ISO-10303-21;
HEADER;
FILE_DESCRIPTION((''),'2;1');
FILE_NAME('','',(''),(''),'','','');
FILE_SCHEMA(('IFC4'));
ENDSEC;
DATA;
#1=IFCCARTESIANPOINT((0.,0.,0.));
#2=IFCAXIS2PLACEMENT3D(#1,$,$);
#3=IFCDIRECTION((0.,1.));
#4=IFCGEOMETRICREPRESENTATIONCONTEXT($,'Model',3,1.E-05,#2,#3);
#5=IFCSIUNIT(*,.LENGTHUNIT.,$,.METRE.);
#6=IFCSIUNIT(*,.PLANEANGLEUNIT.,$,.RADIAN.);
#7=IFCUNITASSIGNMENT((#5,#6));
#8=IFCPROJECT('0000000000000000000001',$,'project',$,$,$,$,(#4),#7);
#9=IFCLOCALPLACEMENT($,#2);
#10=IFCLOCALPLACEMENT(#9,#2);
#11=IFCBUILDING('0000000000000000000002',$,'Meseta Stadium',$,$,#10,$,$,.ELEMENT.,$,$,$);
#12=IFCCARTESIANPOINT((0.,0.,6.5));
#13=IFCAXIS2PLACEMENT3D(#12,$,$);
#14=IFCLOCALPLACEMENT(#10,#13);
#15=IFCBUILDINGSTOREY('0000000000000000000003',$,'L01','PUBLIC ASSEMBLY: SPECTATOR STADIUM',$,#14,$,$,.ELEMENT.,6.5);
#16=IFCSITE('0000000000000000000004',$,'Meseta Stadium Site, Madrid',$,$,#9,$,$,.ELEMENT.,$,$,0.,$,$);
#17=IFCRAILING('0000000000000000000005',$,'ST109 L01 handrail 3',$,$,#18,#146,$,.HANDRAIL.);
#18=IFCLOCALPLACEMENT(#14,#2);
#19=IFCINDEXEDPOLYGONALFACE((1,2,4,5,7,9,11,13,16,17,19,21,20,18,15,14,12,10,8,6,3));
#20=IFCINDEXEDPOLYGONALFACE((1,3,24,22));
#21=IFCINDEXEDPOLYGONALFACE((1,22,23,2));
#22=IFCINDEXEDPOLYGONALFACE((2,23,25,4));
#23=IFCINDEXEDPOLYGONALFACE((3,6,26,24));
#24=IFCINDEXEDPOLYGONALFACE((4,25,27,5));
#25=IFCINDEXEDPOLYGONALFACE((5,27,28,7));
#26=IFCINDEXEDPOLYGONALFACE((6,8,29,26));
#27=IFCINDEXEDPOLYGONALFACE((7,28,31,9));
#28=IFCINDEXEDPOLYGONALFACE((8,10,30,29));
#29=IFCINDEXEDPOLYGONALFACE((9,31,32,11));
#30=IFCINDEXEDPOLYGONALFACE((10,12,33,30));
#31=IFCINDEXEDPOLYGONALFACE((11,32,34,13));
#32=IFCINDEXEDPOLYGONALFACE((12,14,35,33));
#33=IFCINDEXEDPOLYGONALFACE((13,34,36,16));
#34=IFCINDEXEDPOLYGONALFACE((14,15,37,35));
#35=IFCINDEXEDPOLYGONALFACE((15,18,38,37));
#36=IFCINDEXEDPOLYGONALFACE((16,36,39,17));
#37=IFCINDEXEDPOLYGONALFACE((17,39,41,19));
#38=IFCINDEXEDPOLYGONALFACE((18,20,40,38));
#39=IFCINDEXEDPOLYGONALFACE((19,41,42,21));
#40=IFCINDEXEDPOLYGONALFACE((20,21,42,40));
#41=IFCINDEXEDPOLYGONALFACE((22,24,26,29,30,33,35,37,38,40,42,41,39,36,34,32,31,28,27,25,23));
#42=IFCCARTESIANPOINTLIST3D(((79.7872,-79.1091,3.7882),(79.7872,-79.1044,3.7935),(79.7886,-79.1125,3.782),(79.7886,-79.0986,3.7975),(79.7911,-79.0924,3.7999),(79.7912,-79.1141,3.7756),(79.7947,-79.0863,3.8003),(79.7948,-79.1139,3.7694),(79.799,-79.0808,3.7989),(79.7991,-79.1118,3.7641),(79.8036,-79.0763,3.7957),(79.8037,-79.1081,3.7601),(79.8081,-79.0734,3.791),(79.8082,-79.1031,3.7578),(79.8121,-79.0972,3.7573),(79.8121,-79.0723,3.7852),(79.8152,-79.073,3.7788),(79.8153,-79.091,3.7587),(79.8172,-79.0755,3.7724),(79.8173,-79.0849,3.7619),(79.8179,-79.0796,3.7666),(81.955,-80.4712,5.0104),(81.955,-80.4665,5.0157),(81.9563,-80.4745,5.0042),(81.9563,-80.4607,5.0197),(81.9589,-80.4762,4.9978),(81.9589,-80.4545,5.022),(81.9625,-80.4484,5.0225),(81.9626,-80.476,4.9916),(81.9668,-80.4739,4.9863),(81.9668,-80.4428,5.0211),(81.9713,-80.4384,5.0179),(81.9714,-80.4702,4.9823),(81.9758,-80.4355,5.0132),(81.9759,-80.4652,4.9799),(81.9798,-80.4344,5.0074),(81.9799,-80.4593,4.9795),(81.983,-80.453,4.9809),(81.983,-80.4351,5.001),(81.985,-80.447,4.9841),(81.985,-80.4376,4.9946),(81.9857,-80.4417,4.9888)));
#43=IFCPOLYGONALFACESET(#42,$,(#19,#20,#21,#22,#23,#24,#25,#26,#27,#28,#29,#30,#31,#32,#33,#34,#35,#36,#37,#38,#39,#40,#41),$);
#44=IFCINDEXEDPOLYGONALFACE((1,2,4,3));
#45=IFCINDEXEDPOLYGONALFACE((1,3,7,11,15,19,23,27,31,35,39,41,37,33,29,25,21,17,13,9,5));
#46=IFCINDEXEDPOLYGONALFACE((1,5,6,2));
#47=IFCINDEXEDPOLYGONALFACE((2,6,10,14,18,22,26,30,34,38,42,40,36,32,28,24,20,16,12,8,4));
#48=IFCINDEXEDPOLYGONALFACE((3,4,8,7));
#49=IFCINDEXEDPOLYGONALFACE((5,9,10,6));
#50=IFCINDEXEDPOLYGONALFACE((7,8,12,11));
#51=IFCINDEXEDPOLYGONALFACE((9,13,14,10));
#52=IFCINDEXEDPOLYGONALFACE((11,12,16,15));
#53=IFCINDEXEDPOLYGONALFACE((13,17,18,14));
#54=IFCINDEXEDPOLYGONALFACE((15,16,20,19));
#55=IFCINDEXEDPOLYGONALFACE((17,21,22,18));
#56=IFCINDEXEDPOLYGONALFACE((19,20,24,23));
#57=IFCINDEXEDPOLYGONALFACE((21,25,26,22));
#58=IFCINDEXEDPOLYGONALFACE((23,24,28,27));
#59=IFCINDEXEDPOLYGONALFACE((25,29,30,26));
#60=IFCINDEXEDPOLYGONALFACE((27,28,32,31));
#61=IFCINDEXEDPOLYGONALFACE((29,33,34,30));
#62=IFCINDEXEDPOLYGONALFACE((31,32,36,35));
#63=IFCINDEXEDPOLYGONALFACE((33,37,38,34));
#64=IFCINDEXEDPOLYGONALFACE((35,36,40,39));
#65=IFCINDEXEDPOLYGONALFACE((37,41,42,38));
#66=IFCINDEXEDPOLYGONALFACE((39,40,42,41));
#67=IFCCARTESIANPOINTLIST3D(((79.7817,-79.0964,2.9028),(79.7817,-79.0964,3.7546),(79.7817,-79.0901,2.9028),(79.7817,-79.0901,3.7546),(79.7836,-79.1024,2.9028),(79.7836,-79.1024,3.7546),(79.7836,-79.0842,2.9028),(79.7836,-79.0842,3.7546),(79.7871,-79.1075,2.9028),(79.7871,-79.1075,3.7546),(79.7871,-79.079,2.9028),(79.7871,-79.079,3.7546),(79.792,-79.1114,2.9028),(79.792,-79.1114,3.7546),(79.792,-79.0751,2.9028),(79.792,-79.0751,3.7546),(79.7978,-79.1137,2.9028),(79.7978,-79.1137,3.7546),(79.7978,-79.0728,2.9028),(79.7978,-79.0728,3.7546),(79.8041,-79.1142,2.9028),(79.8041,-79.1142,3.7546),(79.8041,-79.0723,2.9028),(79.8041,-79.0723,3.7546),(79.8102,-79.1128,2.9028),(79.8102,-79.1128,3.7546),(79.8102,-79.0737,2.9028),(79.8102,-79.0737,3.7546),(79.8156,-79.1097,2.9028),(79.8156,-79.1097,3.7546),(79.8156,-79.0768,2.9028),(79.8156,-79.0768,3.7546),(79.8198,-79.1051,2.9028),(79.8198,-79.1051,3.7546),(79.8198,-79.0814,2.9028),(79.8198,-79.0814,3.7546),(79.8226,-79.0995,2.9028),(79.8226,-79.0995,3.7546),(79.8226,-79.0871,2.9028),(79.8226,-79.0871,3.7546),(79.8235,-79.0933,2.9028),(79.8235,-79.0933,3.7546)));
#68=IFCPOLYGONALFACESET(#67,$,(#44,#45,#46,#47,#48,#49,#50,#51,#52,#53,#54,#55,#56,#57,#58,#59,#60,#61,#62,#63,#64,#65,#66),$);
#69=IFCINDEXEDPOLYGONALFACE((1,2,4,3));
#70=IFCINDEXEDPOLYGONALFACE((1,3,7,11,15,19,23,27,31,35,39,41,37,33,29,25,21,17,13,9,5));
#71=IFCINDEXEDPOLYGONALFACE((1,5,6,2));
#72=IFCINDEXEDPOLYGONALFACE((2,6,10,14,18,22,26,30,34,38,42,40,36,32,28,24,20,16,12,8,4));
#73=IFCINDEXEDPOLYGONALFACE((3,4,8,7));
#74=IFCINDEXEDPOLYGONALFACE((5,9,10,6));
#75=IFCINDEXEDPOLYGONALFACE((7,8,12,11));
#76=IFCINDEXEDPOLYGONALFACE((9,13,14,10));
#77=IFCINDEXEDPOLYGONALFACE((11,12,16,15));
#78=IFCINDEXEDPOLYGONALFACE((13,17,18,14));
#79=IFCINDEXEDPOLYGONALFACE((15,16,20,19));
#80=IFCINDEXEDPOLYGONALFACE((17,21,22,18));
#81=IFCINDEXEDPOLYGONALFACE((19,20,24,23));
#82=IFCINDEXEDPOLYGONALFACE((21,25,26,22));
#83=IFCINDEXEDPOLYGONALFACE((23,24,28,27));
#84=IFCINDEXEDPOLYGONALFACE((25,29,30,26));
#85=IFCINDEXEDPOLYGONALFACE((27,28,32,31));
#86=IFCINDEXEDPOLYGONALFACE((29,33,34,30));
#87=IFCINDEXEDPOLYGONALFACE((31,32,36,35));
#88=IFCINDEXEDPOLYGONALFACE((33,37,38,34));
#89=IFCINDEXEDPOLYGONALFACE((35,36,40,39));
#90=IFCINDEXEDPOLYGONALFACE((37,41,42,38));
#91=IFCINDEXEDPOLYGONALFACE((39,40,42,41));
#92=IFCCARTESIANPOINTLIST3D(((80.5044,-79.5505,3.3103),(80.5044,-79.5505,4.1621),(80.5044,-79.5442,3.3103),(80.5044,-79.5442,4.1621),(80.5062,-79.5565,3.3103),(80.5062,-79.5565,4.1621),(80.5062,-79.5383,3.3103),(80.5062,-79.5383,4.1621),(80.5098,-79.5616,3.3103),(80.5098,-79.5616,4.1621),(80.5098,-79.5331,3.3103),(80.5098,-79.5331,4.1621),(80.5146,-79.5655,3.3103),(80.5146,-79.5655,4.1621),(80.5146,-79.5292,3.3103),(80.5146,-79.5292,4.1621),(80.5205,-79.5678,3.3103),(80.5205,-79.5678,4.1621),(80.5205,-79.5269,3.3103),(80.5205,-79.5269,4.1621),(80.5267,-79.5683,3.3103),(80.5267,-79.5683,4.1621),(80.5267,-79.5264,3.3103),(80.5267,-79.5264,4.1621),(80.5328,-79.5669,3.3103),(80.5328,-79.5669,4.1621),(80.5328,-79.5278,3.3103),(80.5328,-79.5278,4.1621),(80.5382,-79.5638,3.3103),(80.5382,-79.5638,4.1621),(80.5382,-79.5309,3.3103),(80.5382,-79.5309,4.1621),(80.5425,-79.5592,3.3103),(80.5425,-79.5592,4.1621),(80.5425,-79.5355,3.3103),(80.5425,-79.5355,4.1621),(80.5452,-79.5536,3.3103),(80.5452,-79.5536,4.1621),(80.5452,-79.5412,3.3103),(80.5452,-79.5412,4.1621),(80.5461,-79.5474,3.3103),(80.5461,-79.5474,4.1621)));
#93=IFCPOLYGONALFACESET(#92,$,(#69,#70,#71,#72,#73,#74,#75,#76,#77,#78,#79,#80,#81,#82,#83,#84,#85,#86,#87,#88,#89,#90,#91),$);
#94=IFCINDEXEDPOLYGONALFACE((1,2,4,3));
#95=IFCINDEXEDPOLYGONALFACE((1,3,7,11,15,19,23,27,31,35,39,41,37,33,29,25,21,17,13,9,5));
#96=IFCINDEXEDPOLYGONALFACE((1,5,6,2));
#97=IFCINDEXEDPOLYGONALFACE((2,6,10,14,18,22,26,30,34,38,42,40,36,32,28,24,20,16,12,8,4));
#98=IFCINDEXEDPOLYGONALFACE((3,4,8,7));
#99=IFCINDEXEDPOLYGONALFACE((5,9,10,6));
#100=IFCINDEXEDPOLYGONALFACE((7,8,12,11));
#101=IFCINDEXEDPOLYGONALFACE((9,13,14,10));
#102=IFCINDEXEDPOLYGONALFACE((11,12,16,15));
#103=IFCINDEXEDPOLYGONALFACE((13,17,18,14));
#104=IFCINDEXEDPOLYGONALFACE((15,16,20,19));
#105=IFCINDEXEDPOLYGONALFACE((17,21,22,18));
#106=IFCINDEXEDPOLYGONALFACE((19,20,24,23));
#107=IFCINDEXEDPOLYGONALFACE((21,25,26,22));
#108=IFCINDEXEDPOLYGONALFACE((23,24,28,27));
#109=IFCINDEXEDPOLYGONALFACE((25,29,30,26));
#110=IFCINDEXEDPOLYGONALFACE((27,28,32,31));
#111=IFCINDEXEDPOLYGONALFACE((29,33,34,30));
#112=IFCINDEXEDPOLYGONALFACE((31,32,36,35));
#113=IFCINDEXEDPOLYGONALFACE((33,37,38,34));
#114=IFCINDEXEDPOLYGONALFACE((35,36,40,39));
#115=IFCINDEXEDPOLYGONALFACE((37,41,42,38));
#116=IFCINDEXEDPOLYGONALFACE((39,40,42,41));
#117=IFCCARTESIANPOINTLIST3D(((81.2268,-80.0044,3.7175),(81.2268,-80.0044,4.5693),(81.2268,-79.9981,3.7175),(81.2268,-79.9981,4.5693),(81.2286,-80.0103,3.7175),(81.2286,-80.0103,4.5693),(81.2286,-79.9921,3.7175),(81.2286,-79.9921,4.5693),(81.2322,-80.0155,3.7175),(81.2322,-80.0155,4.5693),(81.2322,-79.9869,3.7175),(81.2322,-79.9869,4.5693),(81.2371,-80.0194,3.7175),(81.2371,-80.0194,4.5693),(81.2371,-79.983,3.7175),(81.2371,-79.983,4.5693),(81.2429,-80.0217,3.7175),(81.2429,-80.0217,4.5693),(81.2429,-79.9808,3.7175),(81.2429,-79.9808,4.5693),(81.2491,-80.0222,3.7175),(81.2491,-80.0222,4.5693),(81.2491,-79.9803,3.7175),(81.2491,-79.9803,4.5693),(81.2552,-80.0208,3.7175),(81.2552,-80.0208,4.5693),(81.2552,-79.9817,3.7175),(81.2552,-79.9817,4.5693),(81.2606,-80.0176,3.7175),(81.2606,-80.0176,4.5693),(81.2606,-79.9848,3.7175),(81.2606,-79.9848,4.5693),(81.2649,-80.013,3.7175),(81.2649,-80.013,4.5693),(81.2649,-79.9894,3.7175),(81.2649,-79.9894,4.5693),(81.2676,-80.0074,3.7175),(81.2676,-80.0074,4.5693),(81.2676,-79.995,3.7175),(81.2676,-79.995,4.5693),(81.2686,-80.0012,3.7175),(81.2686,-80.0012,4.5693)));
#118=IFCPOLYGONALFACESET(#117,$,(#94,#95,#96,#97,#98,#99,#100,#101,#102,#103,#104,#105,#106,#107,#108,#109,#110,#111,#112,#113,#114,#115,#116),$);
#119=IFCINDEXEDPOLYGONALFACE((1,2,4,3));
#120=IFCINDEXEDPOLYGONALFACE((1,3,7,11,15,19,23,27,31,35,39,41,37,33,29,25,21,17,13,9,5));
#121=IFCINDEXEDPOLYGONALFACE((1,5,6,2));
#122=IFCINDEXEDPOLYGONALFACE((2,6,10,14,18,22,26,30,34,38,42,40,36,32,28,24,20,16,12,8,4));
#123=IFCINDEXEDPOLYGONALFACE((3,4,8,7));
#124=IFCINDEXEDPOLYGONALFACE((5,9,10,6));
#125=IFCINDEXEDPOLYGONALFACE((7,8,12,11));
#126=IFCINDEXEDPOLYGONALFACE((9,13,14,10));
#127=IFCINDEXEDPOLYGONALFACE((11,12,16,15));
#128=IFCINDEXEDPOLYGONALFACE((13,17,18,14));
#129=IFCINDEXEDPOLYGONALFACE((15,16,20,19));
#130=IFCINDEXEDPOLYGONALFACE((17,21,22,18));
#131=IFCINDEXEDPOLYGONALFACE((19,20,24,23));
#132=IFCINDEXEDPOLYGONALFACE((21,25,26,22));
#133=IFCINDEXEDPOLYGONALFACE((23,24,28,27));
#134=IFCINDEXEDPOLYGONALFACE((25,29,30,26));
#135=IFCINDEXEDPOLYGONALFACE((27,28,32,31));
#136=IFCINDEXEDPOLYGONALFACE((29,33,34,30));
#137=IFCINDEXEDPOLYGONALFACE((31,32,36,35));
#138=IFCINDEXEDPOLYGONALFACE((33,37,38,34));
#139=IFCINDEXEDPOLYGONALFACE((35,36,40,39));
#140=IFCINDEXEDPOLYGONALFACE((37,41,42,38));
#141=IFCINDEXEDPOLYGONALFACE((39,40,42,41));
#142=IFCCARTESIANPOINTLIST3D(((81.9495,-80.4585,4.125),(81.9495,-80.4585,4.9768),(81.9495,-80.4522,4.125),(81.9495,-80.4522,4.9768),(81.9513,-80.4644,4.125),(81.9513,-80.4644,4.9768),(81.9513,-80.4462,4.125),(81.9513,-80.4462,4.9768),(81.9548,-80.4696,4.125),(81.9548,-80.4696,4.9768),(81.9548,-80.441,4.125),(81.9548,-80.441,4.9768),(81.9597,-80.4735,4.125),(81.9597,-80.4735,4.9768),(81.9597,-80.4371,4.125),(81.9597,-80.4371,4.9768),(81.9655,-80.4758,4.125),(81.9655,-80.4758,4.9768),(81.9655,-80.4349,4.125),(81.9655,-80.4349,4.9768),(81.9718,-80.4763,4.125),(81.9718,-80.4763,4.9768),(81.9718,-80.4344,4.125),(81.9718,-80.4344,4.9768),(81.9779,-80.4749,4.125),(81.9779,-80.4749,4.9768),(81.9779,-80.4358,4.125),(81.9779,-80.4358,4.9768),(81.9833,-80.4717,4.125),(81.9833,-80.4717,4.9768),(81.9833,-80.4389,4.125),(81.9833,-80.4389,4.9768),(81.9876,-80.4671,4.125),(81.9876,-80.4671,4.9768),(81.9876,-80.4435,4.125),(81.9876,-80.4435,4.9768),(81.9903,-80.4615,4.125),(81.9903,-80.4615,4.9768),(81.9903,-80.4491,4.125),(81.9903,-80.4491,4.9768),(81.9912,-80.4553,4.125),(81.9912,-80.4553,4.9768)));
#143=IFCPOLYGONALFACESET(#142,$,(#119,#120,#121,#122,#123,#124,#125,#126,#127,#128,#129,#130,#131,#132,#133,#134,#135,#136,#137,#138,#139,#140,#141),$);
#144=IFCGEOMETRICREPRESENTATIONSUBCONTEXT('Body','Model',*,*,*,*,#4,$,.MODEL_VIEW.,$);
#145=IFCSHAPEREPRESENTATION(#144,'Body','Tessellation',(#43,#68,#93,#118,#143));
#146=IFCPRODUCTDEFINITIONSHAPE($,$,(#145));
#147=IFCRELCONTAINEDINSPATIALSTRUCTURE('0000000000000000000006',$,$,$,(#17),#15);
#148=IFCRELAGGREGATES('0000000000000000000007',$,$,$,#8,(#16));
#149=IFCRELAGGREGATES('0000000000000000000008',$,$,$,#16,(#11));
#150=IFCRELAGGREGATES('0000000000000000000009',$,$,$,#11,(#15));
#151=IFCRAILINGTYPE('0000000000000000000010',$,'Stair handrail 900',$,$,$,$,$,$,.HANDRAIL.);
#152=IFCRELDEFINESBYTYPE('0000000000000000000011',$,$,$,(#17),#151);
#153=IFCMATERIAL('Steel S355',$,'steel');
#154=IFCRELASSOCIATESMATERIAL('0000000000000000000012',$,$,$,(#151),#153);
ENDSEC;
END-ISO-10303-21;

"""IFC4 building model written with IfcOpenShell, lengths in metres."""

from ifc_helpers import new_model, si_unit, direction, frame, origin, origin_2d, place, context, subcontext, project, spatial, circle, extrude, material, type_object, element, save


model = new_model("IFC4")

# Units and contexts
model_context = context("Model", 3, precision=1e-05, world=origin(), true_north=direction((0.0, 1.0)))
body_context = subcontext(model_context, "Body", "Model", "MODEL_VIEW")
ifc_project = project(units=[si_unit("LENGTHUNIT", "METRE"), si_unit("PLANEANGLEUNIT", "RADIAN")], contexts=[model_context])

# Site, building, storey
site_placement = place(None, origin())
site = spatial("IfcSite", under=ifc_project, at=site_placement, Name="Meseta Stadium Site, Madrid", CompositionType="ELEMENT", RefElevation=0.0)
building_placement = place(site_placement, origin())
building = spatial("IfcBuilding", under=site, at=building_placement, Name="Meseta Stadium", CompositionType="ELEMENT")
storey_placement = place(building_placement, frame((0.0, 0.0, 6.5)))
storey = spatial("IfcBuildingStorey", under=building, at=storey_placement, Name="L01", Description="PUBLIC ASSEMBLY: SPECTATOR STADIUM", CompositionType="ELEMENT", Elevation=6.5)

# Railing
ifc_material_1 = material(Name="Steel S355", Category="steel")
railing_type_1 = type_object("IfcRailingType", Name="Stair handrail 900", PredefinedType="HANDRAIL", material=ifc_material_1)
railing_1_placement = place(storey_placement, frame((79.8025, -79.0933, 2.9028)))
element("IfcRailing", 1, at=railing_1_placement, inside=storey, type_object=railing_type_1, Name="ST109 L01 handrail 3", PredefinedType="HANDRAIL", context=body_context, shape_type="SweptSolid", body=[
    extrude(circle(Radius=0.0239, at=origin_2d()), frame((0.0, 0.0, 0.876), z_axis=(0.764121, -0.480125, 0.430813), x_axis=(0.532029, 0.846726, 0.0)), (0.0, 0.0, 1.0), 2.8369),
    extrude(circle(Radius=0.021, at=origin_2d()), origin(), (0.0, 0.0, 1.0), 0.8518),
    extrude(circle(Radius=0.021, at=origin_2d()), frame((0.7227, -0.4541, 0.4075)), (0.0, 0.0, 1.0), 0.8518),
    extrude(circle(Radius=0.021, at=origin_2d()), frame((1.4451, -0.908, 0.8147)), (0.0, 0.0, 1.0), 0.8518),
    extrude(circle(Radius=0.021, at=origin_2d()), frame((2.1677, -1.3621, 1.2222)), (0.0, 0.0, 1.0), 0.8518),
])

save(model, "model.ifc")
